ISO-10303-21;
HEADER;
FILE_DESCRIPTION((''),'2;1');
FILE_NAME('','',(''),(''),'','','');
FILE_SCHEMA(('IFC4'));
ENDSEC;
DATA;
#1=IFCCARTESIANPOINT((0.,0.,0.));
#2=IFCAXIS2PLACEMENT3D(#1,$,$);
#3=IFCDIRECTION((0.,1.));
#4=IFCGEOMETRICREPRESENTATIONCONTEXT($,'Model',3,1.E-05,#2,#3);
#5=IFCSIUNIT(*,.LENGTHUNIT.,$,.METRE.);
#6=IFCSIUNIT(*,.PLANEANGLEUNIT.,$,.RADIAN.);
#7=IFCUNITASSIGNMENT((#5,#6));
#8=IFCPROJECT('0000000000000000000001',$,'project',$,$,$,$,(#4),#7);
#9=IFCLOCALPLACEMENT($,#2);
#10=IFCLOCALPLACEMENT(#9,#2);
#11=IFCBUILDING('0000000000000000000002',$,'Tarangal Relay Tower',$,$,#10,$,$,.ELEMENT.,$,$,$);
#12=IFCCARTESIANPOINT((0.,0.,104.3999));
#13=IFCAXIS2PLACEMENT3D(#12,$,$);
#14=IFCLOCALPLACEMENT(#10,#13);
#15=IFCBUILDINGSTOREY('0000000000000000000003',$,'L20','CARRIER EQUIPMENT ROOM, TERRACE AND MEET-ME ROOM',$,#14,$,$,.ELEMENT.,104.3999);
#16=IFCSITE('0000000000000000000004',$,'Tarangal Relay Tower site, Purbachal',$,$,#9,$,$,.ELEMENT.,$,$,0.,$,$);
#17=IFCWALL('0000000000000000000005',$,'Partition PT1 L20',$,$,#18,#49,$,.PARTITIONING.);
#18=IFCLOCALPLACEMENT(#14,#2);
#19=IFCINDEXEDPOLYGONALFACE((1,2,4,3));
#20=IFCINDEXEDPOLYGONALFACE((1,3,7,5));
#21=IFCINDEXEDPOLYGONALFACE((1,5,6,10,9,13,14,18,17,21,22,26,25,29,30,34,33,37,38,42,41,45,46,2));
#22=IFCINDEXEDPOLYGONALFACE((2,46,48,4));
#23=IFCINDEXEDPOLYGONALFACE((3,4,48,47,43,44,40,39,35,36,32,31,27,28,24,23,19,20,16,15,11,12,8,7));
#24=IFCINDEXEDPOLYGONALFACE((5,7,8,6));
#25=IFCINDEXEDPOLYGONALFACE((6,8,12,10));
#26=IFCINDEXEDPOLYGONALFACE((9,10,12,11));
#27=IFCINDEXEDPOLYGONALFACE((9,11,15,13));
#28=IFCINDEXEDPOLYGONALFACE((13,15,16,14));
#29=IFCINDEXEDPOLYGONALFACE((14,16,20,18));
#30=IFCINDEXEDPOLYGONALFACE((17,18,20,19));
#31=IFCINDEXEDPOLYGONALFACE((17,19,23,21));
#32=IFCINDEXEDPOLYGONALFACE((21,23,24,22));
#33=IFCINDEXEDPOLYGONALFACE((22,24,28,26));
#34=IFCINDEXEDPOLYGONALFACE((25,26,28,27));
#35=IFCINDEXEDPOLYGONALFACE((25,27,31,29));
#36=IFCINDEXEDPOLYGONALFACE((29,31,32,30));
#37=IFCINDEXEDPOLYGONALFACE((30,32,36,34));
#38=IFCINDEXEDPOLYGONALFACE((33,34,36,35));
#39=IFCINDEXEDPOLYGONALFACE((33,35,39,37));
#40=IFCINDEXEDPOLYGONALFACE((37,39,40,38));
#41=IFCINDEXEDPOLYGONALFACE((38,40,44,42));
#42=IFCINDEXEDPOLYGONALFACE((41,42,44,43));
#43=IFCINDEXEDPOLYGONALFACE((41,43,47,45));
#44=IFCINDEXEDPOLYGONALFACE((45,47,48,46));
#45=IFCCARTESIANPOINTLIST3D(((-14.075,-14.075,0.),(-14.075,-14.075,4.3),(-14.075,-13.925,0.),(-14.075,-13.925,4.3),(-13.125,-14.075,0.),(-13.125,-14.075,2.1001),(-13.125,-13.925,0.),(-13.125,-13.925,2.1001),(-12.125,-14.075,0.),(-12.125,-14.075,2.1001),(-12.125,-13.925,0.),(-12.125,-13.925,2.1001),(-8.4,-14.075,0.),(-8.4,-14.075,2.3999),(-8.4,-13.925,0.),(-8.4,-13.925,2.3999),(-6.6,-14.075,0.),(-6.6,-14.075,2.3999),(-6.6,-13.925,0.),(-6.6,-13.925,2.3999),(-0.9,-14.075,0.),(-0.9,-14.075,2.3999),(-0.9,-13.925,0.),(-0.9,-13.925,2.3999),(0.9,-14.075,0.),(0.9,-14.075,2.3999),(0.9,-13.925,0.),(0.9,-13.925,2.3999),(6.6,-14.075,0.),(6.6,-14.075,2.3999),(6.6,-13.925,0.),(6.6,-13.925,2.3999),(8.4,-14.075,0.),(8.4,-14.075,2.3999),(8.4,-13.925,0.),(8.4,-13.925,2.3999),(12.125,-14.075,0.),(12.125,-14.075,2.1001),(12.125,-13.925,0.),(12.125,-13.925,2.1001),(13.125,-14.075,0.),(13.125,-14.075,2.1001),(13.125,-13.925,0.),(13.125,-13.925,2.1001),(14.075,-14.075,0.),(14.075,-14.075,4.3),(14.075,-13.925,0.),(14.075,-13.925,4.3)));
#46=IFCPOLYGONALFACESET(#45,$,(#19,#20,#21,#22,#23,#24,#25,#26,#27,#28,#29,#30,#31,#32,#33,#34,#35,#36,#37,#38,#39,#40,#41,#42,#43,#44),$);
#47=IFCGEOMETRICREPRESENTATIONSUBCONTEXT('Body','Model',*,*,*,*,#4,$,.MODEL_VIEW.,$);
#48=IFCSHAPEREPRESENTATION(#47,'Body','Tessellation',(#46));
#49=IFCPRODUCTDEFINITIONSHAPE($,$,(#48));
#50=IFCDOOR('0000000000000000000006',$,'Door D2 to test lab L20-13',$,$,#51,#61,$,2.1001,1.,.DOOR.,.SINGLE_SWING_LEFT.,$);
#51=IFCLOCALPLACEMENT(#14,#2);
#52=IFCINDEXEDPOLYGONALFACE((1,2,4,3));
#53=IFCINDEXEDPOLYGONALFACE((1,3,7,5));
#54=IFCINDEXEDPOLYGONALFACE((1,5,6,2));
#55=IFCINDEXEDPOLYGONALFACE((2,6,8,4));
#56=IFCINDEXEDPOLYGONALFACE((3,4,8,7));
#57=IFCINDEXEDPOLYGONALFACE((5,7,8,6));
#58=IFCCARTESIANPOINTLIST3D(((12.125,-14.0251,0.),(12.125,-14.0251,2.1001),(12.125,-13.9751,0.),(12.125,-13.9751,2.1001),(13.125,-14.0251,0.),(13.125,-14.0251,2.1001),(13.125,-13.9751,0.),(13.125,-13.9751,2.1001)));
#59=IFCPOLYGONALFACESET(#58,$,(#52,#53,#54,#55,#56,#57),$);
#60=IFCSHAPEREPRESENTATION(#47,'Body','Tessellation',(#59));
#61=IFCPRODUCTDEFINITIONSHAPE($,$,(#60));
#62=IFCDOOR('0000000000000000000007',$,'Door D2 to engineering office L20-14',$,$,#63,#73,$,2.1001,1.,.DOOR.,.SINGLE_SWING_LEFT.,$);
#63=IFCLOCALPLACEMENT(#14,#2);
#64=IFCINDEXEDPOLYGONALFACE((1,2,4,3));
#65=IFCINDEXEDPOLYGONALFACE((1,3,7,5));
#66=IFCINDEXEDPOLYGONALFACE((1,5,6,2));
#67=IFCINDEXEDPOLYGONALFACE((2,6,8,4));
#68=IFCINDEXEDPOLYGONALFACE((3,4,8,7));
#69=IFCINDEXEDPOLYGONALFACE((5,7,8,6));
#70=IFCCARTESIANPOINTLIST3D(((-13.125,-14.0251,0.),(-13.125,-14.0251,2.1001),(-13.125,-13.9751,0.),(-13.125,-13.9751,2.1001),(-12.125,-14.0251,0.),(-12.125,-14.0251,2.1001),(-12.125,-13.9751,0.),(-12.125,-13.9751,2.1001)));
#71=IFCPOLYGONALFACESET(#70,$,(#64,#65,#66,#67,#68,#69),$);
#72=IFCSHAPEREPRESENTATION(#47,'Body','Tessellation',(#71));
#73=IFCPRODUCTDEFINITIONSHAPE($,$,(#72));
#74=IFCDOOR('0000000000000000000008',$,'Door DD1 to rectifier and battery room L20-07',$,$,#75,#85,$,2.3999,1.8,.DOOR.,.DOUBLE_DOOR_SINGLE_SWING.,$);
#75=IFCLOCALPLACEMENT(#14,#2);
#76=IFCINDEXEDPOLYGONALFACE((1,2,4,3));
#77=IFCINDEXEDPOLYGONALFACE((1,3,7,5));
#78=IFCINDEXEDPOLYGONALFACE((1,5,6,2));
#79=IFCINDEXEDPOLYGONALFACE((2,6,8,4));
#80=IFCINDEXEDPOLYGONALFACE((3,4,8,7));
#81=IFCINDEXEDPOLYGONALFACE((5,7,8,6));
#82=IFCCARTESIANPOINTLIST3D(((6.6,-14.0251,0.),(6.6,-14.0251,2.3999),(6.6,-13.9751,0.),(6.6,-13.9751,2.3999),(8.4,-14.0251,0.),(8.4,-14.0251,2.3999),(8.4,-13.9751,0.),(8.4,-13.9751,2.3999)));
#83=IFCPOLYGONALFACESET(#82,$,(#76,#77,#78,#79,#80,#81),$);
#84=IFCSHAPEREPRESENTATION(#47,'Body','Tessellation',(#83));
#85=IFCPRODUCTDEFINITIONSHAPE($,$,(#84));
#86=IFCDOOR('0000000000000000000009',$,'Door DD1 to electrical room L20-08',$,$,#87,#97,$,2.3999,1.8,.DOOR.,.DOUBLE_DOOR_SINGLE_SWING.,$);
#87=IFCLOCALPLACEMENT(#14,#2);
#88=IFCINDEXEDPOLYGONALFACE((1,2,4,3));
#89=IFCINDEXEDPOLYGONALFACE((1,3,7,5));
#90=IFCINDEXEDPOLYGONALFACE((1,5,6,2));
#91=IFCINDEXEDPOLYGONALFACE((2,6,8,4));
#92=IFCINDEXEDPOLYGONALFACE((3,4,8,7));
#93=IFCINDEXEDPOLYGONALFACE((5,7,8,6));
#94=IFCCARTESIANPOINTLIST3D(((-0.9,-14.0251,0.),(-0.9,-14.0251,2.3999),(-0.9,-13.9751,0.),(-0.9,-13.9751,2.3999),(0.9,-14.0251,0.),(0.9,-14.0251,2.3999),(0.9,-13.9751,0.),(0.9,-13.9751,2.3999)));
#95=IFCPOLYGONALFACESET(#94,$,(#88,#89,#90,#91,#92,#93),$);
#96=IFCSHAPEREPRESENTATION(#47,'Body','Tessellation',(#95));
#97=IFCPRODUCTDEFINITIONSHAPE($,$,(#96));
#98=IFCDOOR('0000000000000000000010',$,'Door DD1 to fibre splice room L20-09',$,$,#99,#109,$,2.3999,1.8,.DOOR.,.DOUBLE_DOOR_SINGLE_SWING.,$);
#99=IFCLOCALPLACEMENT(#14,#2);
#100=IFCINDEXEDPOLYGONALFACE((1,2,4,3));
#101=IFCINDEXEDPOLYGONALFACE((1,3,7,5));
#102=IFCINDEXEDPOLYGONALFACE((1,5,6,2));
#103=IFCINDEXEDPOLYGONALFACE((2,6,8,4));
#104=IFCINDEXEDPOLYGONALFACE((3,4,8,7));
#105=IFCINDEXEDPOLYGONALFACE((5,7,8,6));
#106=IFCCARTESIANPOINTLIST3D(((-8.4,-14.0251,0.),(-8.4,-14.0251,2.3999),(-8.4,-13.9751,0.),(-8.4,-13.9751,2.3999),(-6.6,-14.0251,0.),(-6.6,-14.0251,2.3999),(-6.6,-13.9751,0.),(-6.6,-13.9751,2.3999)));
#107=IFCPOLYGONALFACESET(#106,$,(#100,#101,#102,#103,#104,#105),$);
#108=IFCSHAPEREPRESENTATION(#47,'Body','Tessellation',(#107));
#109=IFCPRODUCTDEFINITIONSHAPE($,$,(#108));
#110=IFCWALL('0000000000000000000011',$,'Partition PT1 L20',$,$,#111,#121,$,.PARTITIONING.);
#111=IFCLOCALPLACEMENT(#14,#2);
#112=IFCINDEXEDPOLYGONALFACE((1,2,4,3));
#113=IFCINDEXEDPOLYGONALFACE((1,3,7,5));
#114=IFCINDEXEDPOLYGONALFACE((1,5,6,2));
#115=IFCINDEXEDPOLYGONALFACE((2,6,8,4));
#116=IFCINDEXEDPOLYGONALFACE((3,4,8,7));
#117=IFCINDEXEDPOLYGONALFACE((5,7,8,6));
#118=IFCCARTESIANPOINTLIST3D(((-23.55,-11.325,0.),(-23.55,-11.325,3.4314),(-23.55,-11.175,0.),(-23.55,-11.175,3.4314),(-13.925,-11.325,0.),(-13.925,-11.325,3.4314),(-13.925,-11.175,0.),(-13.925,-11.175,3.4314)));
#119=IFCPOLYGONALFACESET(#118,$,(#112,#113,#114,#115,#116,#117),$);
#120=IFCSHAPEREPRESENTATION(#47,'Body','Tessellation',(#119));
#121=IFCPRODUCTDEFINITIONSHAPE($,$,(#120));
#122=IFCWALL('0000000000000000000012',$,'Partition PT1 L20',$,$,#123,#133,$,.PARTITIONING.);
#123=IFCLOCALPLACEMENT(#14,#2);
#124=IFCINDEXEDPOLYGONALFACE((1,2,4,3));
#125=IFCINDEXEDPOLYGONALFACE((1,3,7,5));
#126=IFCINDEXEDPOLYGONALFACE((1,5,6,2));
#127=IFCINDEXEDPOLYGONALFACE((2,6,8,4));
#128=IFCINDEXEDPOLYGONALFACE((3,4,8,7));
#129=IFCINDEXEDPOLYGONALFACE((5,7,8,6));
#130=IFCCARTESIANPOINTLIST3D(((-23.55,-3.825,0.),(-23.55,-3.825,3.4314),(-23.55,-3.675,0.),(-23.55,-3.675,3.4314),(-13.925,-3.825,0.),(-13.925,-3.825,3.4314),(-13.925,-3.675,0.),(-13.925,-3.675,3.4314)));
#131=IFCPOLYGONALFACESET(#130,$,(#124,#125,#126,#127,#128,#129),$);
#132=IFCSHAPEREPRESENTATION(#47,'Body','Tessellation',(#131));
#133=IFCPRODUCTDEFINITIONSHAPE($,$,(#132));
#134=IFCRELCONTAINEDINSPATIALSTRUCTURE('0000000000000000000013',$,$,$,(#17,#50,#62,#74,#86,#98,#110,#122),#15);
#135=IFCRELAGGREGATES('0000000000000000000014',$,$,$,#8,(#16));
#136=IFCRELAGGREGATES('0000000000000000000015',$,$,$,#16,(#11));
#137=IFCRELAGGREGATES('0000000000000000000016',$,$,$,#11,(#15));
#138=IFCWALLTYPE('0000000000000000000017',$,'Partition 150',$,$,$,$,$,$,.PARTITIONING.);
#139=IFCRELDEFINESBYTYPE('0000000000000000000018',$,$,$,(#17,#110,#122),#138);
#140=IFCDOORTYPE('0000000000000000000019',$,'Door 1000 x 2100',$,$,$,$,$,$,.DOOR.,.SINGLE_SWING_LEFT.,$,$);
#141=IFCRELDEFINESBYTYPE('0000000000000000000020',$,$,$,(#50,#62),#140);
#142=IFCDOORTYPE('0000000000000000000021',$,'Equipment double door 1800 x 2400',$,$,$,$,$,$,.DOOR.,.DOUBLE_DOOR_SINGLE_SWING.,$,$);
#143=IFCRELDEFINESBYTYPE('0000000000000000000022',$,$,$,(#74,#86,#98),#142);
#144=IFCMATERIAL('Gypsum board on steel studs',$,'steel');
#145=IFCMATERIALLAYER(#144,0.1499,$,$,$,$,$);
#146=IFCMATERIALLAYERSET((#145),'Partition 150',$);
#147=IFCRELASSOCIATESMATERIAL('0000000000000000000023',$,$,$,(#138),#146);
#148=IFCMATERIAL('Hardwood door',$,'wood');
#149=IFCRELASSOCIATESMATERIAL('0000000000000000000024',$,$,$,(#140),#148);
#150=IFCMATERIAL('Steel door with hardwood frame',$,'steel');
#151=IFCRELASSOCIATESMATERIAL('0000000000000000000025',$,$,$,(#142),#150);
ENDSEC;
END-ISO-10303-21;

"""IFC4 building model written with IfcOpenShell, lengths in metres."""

from ifc_helpers import new_model, si_unit, direction, frame, frame_2d, origin, place, context, subcontext, project, spatial, rectangle, extrude, material, layer, layer_set, type_object, element, fill, save


model = new_model("IFC4")

# Units and contexts
model_context = context("Model", 3, precision=1e-05, world=origin(), true_north=direction((0.0, 1.0)))
body_context = subcontext(model_context, "Body", "Model", "MODEL_VIEW")
ifc_project = project(units=[si_unit("LENGTHUNIT", "METRE"), si_unit("PLANEANGLEUNIT", "RADIAN")], contexts=[model_context])

# Site, building, storey
site_placement = place(None, origin())
site = spatial("IfcSite", under=ifc_project, at=site_placement, Name="Tarangal Relay Tower site, Purbachal", CompositionType="ELEMENT", RefElevation=0.0)
building_placement = place(site_placement, origin())
building = spatial("IfcBuilding", under=site, at=building_placement, Name="Tarangal Relay Tower", CompositionType="ELEMENT")
storey_placement = place(building_placement, frame((0.0, 0.0, 104.3999)))
storey = spatial("IfcBuildingStorey", under=building, at=storey_placement, Name="L20", Description="CARRIER EQUIPMENT ROOM, TERRACE AND MEET-ME ROOM", CompositionType="ELEMENT", Elevation=104.3999)

# Wall, openings, doors
ifc_material_1 = material(Name="Gypsum board on steel studs", Category="steel")
ifc_layer_1 = layer(ifc_material_1, 0.1499)
ifc_layer_set_1 = layer_set([ifc_layer_1], Name="Partition 150")
wall_type = type_object("IfcWallType", Name="Partition 150", PredefinedType="PARTITIONING", material=ifc_layer_set_1)
wall_1_placement = place(storey_placement, frame((-14.075, -14.0, 0.0), z_axis=(0.0, 0.0, 1.0), x_axis=(1.0, 0.0, 0.0)))
wall_1 = element("IfcWall", 1, at=wall_1_placement, inside=storey, type_object=wall_type, Name="Partition PT1 L20", PredefinedType="PARTITIONING", context=body_context, shape_type="SweptSolid", body=[
    extrude(rectangle(XDim=28.1499, YDim=0.1499, at=frame_2d((14.075, 0.0))), origin(), (0.0, 0.0, 1.0), 4.3),
])
opening_1_placement = place(wall_1_placement, frame((20.675, 0.0, 0.0)))
opening_1 = element("IfcOpeningElement", 2, at=opening_1_placement, cuts=wall_1, PredefinedType="OPENING", context=body_context, shape_type="SweptSolid", body=[
    extrude(rectangle(XDim=1.8, YDim=2.3999, at=frame_2d((0.8999, 1.2))), frame((0.0, 0.085, 0.0), z_axis=(0.0, -1.0, 0.0), x_axis=(1.0, 0.0, 0.0)), (0.0, 0.0, 1.0), 0.1699),
])
opening_2_placement = place(wall_1_placement, frame((13.175, 0.0, 0.0)))
opening_2 = element("IfcOpeningElement", 3, at=opening_2_placement, cuts=wall_1, PredefinedType="OPENING", context=body_context, shape_type="SweptSolid", body=[
    extrude(rectangle(XDim=1.8, YDim=2.3999, at=frame_2d((0.8999, 1.2))), frame((0.0, 0.085, 0.0), z_axis=(0.0, -1.0, 0.0), x_axis=(1.0, 0.0, 0.0)), (0.0, 0.0, 1.0), 0.1699),
])
opening_3_placement = place(wall_1_placement, frame((5.675, 0.0, 0.0)))
opening_3 = element("IfcOpeningElement", 4, at=opening_3_placement, cuts=wall_1, PredefinedType="OPENING", context=body_context, shape_type="SweptSolid", body=[
    extrude(rectangle(XDim=1.8, YDim=2.3999, at=frame_2d((0.8999, 1.2))), frame((0.0, 0.085, 0.0), z_axis=(0.0, -1.0, 0.0), x_axis=(1.0, 0.0, 0.0)), (0.0, 0.0, 1.0), 0.1699),
])
opening_4_placement = place(wall_1_placement, frame((26.2, 0.0, 0.0)))
opening_4 = element("IfcOpeningElement", 5, at=opening_4_placement, cuts=wall_1, PredefinedType="OPENING", context=body_context, shape_type="SweptSolid", body=[
    extrude(rectangle(XDim=1.0, YDim=2.1001, at=frame_2d((0.5, 1.05))), frame((0.0, 0.085, 0.0), z_axis=(0.0, -1.0, 0.0), x_axis=(1.0, 0.0, 0.0)), (0.0, 0.0, 1.0), 0.1699),
])
opening_5_placement = place(wall_1_placement, frame((0.95, 0.0, 0.0)))
opening_5 = element("IfcOpeningElement", 6, at=opening_5_placement, cuts=wall_1, PredefinedType="OPENING", context=body_context, shape_type="SweptSolid", body=[
    extrude(rectangle(XDim=1.0, YDim=2.1001, at=frame_2d((0.5, 1.05))), frame((0.0, 0.085, 0.0), z_axis=(0.0, -1.0, 0.0), x_axis=(1.0, 0.0, 0.0)), (0.0, 0.0, 1.0), 0.1699),
])
ifc_material_2 = material(Name="Hardwood door", Category="wood")
door_type_1 = type_object("IfcDoorType", Name="Door 1000 x 2100", OperationType="SINGLE_SWING_LEFT", PredefinedType="DOOR", material=ifc_material_2)
door_1_placement = place(opening_4_placement, origin())
door_1 = element("IfcDoor", 7, at=door_1_placement, inside=storey, type_object=door_type_1, Name="Door D2 to test lab L20-13", OperationType="SINGLE_SWING_LEFT", OverallHeight=2.1001, OverallWidth=1.0, PredefinedType="DOOR", context=body_context, shape_type="SweptSolid", body=[
    extrude(rectangle(XDim=1.0, YDim=2.1001, at=frame_2d((0.5, 1.05))), frame((0.0, 0.0249, 0.0), z_axis=(0.0, -1.0, 0.0), x_axis=(1.0, 0.0, 0.0)), (0.0, 0.0, 1.0), 0.05),
])
fill(opening_4, door_1)
door_2_placement = place(opening_5_placement, origin())
door_2 = element("IfcDoor", 8, at=door_2_placement, inside=storey, type_object=door_type_1, Name="Door D2 to engineering office L20-14", OperationType="SINGLE_SWING_LEFT", OverallHeight=2.1001, OverallWidth=1.0, PredefinedType="DOOR", context=body_context, shape_type="SweptSolid", body=[
    extrude(rectangle(XDim=1.0, YDim=2.1001, at=frame_2d((0.5, 1.05))), frame((0.0, 0.0249, 0.0), z_axis=(0.0, -1.0, 0.0), x_axis=(1.0, 0.0, 0.0)), (0.0, 0.0, 1.0), 0.05),
])
fill(opening_5, door_2)
ifc_material_3 = material(Name="Steel door with hardwood frame", Category="steel")
door_type_2 = type_object("IfcDoorType", Name="Equipment double door 1800 x 2400", OperationType="DOUBLE_DOOR_SINGLE_SWING", PredefinedType="DOOR", material=ifc_material_3)
door_3_placement = place(opening_1_placement, origin())
door_3 = element("IfcDoor", 9, at=door_3_placement, inside=storey, type_object=door_type_2, Name="Door DD1 to rectifier and battery room L20-07", OperationType="DOUBLE_DOOR_SINGLE_SWING", OverallHeight=2.3999, OverallWidth=1.8, PredefinedType="DOOR", context=body_context, shape_type="SweptSolid", body=[
    extrude(rectangle(XDim=1.8, YDim=2.3999, at=frame_2d((0.8999, 1.2))), frame((0.0, 0.0249, 0.0), z_axis=(0.0, -1.0, 0.0), x_axis=(1.0, 0.0, 0.0)), (0.0, 0.0, 1.0), 0.05),
])
fill(opening_1, door_3)
door_4_placement = place(opening_2_placement, origin())
door_4 = element("IfcDoor", 10, at=door_4_placement, inside=storey, type_object=door_type_2, Name="Door DD1 to electrical room L20-08", OperationType="DOUBLE_DOOR_SINGLE_SWING", OverallHeight=2.3999, OverallWidth=1.8, PredefinedType="DOOR", context=body_context, shape_type="SweptSolid", body=[
    extrude(rectangle(XDim=1.8, YDim=2.3999, at=frame_2d((0.8999, 1.2))), frame((0.0, 0.0249, 0.0), z_axis=(0.0, -1.0, 0.0), x_axis=(1.0, 0.0, 0.0)), (0.0, 0.0, 1.0), 0.05),
])
fill(opening_2, door_4)
door_5_placement = place(opening_3_placement, origin())
door_5 = element("IfcDoor", 11, at=door_5_placement, inside=storey, type_object=door_type_2, Name="Door DD1 to fibre splice room L20-09", OperationType="DOUBLE_DOOR_SINGLE_SWING", OverallHeight=2.3999, OverallWidth=1.8, PredefinedType="DOOR", context=body_context, shape_type="SweptSolid", body=[
    extrude(rectangle(XDim=1.8, YDim=2.3999, at=frame_2d((0.8999, 1.2))), frame((0.0, 0.0249, 0.0), z_axis=(0.0, -1.0, 0.0), x_axis=(1.0, 0.0, 0.0)), (0.0, 0.0, 1.0), 0.05),
])
fill(opening_3, door_5)

# Walls
for number, where, z_axis, x_axis, name in (
    (12, (-23.55, -11.25, 0.0), (0.0, 0.0, 1.0), (1.0, 0.0, 0.0), "Partition PT1 L20"),
    (13, (-23.55, -3.75, 0.0), (0.0, 0.0, 1.0), (1.0, 0.0, 0.0), "Partition PT1 L20"),
):
    element("IfcWall", number, at=place(storey_placement, frame(where, z_axis=z_axis, x_axis=x_axis)), inside=storey, type_object=wall_type, Name=name, PredefinedType="PARTITIONING", context=body_context, shape_type="SweptSolid", body=[
        extrude(rectangle(XDim=9.625, YDim=0.1499, at=frame_2d((4.8125, 0.0))), origin(), (0.0, 0.0, 1.0), 3.4314),
    ])

save(model, "model.ifc")
